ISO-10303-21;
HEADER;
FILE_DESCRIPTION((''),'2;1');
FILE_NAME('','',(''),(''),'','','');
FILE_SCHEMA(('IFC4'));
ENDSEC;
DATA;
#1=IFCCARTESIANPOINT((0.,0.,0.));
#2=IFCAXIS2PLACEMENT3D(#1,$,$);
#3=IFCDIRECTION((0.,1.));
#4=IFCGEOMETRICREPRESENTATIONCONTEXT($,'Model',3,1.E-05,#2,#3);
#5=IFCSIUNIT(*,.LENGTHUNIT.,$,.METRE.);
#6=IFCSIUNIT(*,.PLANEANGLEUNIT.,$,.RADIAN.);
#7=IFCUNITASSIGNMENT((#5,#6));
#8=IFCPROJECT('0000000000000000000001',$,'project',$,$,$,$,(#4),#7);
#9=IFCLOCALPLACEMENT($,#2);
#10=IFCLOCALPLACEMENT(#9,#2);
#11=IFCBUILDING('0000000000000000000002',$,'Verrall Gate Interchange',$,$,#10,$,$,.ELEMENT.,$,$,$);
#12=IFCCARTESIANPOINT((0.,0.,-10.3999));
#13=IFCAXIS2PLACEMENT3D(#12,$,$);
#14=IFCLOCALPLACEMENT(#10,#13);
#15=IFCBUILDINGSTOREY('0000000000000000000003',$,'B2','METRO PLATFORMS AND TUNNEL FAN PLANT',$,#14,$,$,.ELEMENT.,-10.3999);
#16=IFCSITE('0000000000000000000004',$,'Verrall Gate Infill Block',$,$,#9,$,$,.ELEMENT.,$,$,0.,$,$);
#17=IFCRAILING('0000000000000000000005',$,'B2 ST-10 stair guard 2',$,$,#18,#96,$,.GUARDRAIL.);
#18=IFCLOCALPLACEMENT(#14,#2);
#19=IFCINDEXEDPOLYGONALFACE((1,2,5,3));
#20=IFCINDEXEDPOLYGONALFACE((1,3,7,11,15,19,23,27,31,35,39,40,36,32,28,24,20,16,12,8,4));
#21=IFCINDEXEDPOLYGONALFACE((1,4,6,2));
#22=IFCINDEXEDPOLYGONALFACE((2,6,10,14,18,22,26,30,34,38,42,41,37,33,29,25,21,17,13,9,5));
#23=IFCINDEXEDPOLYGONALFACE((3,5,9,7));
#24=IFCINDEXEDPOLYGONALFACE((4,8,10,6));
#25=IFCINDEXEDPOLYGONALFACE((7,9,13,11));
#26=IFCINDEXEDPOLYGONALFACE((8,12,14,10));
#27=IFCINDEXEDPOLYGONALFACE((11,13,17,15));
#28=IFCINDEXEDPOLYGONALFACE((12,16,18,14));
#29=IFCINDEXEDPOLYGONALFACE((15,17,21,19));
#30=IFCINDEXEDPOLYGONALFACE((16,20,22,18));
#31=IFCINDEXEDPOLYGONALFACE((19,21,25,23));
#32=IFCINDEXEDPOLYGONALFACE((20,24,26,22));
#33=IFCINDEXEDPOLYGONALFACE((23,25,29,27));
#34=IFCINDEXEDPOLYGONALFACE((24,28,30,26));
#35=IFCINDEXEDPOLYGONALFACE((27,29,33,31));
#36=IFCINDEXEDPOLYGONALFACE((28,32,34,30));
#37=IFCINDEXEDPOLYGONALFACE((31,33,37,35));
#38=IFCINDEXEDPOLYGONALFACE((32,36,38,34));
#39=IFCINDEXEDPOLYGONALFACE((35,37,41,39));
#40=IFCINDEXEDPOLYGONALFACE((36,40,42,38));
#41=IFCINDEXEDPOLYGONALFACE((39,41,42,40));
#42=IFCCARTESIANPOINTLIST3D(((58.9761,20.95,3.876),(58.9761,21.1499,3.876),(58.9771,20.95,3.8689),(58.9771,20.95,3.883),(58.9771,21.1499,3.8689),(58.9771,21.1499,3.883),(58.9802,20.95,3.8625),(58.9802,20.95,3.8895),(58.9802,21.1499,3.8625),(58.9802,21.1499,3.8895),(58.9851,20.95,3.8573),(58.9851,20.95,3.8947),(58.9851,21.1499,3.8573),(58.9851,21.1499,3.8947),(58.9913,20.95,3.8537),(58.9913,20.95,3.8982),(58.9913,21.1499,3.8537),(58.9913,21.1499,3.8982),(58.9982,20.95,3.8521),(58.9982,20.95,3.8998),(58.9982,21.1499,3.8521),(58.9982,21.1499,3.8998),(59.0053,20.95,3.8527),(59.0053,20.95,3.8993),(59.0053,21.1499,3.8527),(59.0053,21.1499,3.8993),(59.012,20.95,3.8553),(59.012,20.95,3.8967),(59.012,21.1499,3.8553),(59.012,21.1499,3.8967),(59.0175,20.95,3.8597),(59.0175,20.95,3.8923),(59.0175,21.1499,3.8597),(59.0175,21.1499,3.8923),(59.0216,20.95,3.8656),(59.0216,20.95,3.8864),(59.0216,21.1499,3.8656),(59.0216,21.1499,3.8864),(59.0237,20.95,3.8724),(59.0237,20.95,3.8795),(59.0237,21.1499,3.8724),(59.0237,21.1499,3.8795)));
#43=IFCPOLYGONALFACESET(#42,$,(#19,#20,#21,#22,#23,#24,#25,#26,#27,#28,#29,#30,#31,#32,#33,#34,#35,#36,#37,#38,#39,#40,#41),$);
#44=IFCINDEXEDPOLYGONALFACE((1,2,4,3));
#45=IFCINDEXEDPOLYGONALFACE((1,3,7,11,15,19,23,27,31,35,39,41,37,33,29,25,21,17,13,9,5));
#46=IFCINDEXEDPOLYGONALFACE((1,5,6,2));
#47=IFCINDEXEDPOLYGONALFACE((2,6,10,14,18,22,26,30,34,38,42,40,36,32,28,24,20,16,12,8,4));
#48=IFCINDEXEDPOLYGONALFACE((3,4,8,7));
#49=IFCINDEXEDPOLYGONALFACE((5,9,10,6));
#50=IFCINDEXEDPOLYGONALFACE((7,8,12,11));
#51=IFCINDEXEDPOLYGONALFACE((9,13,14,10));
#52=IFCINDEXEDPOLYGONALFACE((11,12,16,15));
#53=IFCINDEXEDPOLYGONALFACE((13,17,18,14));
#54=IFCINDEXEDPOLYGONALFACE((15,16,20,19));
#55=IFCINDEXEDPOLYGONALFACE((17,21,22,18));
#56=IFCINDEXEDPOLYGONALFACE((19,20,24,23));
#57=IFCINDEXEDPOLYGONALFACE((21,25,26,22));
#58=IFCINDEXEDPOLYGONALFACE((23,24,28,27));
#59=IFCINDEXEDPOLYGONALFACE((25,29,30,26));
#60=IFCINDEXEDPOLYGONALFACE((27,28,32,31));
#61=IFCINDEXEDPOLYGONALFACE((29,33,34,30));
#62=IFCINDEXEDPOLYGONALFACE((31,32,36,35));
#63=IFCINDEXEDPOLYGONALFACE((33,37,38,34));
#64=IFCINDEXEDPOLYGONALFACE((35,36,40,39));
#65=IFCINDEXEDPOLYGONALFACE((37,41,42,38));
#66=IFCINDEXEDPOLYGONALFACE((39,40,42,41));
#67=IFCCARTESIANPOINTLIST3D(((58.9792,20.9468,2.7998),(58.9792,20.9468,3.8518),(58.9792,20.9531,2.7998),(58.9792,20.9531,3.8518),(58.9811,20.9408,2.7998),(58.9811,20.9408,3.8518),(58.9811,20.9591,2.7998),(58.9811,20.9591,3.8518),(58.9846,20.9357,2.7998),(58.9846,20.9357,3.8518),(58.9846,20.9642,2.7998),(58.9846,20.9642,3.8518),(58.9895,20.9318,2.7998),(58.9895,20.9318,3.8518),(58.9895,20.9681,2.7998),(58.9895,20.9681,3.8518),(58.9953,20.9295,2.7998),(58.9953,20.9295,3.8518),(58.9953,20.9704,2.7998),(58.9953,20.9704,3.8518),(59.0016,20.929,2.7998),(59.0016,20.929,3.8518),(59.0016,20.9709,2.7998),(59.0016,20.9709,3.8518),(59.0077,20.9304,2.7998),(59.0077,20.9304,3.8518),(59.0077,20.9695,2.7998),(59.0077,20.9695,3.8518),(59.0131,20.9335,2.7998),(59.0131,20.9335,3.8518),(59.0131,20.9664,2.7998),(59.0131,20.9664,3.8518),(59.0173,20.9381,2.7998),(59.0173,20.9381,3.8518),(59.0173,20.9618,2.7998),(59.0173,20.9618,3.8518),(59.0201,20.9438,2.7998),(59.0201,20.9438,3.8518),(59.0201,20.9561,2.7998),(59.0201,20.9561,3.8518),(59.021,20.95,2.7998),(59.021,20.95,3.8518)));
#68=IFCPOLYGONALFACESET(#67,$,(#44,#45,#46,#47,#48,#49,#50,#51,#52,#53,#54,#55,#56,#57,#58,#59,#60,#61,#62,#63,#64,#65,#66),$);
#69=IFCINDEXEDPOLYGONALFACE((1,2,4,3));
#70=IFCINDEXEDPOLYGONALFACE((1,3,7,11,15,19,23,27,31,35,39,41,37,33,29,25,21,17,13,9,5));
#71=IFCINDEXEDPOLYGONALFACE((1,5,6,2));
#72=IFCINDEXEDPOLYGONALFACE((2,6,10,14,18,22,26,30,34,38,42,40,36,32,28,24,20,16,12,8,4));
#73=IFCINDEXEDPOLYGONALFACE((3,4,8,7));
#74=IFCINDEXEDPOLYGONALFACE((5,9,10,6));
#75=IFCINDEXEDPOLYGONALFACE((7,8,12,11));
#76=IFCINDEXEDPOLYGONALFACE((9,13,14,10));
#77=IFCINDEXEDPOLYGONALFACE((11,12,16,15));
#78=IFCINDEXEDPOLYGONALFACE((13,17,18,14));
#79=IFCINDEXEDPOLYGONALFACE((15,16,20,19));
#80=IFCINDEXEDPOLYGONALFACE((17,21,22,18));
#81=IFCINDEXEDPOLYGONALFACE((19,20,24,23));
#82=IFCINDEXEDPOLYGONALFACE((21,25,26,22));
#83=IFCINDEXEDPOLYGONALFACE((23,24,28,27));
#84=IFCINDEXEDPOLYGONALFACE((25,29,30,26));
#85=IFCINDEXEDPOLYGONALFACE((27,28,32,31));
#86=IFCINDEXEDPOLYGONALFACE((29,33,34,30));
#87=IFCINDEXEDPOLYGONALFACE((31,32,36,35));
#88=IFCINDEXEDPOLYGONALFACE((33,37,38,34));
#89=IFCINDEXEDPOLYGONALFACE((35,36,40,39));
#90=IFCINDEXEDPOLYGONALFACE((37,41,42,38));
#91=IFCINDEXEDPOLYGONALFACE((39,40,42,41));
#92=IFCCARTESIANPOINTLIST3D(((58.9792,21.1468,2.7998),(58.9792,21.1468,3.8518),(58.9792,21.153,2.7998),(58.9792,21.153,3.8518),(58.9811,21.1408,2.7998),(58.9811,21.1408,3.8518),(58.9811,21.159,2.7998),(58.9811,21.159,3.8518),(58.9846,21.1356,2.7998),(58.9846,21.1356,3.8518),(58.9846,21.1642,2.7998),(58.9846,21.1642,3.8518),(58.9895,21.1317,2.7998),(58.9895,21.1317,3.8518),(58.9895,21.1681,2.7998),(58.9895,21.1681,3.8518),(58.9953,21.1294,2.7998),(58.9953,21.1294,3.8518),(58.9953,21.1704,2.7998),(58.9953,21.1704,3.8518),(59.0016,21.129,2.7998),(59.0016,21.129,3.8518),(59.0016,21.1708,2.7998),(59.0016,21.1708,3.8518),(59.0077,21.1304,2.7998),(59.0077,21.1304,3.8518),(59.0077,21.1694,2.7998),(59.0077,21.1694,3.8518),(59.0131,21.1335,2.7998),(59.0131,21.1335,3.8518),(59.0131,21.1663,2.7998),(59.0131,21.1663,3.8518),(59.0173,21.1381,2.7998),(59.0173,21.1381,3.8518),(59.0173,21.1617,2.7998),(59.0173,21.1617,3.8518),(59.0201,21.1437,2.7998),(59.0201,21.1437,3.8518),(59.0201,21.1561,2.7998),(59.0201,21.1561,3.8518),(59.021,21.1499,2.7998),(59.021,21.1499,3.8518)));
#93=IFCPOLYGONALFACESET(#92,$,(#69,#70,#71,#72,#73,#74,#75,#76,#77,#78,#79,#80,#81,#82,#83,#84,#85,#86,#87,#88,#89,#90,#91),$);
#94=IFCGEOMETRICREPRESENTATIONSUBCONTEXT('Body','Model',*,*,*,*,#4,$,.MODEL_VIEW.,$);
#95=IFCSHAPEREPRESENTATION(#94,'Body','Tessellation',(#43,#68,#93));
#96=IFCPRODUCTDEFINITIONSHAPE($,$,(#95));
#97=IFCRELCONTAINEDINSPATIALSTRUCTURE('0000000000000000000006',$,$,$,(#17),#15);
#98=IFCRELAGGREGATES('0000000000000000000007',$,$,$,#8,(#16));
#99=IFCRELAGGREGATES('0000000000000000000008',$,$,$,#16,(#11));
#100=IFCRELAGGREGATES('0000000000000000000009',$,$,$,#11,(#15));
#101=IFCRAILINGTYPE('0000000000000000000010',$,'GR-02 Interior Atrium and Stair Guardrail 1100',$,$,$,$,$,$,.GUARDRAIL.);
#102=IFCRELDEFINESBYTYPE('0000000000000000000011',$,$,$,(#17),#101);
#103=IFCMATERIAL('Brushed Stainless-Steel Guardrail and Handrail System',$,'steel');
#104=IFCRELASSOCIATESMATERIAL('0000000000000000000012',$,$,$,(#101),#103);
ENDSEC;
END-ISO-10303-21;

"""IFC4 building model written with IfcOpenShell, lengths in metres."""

from ifc_helpers import new_model, si_unit, direction, frame, origin, origin_2d, place, context, subcontext, project, spatial, circle, extrude, material, type_object, element, save


model = new_model("IFC4")

# Units and contexts
model_context = context("Model", 3, precision=1e-05, world=origin(), true_north=direction((0.0, 1.0)))
body_context = subcontext(model_context, "Body", "Model", "MODEL_VIEW")
ifc_project = project(units=[si_unit("LENGTHUNIT", "METRE"), si_unit("PLANEANGLEUNIT", "RADIAN")], contexts=[model_context])

# Site, building, storey
site_placement = place(None, origin())
site = spatial("IfcSite", under=ifc_project, at=site_placement, Name="Verrall Gate Infill Block", CompositionType="ELEMENT", RefElevation=0.0)
building_placement = place(site_placement, origin())
building = spatial("IfcBuilding", under=site, at=building_placement, Name="Verrall Gate Interchange", CompositionType="ELEMENT")
storey_placement = place(building_placement, frame((0.0, 0.0, -10.3999)))
storey = spatial("IfcBuildingStorey", under=building, at=storey_placement, Name="B2", Description="METRO PLATFORMS AND TUNNEL FAN PLANT", CompositionType="ELEMENT", Elevation=-10.3999)

# Railing
ifc_material_1 = material(Name="Brushed Stainless-Steel Guardrail and Handrail System", Category="steel")
railing_type_1 = type_object("IfcRailingType", Name="GR-02 Interior Atrium and Stair Guardrail 1100", PredefinedType="GUARDRAIL", material=ifc_material_1)
railing_1_placement = place(storey_placement, frame((59.0, 20.95, 2.7998)))
element("IfcRailing", 1, at=railing_1_placement, inside=storey, type_object=railing_type_1, Name="B2 ST-10 stair guard 2", PredefinedType="GUARDRAIL", context=body_context, shape_type="SweptSolid", body=[
    extrude(circle(Radius=0.0239, at=origin_2d()), frame((0.0, 0.0, 1.0762), z_axis=(0.0, 1.0, 0.0), x_axis=(-1.0, 0.0, 0.0)), (0.0, 0.0, 1.0), 0.2),
    extrude(circle(Radius=0.021, at=origin_2d()), origin(), (0.0, 0.0, 1.0), 1.052),
    extrude(circle(Radius=0.021, at=origin_2d()), frame((0.0, 0.2, 0.0)), (0.0, 0.0, 1.0), 1.052),
])

save(model, "model.ifc")
